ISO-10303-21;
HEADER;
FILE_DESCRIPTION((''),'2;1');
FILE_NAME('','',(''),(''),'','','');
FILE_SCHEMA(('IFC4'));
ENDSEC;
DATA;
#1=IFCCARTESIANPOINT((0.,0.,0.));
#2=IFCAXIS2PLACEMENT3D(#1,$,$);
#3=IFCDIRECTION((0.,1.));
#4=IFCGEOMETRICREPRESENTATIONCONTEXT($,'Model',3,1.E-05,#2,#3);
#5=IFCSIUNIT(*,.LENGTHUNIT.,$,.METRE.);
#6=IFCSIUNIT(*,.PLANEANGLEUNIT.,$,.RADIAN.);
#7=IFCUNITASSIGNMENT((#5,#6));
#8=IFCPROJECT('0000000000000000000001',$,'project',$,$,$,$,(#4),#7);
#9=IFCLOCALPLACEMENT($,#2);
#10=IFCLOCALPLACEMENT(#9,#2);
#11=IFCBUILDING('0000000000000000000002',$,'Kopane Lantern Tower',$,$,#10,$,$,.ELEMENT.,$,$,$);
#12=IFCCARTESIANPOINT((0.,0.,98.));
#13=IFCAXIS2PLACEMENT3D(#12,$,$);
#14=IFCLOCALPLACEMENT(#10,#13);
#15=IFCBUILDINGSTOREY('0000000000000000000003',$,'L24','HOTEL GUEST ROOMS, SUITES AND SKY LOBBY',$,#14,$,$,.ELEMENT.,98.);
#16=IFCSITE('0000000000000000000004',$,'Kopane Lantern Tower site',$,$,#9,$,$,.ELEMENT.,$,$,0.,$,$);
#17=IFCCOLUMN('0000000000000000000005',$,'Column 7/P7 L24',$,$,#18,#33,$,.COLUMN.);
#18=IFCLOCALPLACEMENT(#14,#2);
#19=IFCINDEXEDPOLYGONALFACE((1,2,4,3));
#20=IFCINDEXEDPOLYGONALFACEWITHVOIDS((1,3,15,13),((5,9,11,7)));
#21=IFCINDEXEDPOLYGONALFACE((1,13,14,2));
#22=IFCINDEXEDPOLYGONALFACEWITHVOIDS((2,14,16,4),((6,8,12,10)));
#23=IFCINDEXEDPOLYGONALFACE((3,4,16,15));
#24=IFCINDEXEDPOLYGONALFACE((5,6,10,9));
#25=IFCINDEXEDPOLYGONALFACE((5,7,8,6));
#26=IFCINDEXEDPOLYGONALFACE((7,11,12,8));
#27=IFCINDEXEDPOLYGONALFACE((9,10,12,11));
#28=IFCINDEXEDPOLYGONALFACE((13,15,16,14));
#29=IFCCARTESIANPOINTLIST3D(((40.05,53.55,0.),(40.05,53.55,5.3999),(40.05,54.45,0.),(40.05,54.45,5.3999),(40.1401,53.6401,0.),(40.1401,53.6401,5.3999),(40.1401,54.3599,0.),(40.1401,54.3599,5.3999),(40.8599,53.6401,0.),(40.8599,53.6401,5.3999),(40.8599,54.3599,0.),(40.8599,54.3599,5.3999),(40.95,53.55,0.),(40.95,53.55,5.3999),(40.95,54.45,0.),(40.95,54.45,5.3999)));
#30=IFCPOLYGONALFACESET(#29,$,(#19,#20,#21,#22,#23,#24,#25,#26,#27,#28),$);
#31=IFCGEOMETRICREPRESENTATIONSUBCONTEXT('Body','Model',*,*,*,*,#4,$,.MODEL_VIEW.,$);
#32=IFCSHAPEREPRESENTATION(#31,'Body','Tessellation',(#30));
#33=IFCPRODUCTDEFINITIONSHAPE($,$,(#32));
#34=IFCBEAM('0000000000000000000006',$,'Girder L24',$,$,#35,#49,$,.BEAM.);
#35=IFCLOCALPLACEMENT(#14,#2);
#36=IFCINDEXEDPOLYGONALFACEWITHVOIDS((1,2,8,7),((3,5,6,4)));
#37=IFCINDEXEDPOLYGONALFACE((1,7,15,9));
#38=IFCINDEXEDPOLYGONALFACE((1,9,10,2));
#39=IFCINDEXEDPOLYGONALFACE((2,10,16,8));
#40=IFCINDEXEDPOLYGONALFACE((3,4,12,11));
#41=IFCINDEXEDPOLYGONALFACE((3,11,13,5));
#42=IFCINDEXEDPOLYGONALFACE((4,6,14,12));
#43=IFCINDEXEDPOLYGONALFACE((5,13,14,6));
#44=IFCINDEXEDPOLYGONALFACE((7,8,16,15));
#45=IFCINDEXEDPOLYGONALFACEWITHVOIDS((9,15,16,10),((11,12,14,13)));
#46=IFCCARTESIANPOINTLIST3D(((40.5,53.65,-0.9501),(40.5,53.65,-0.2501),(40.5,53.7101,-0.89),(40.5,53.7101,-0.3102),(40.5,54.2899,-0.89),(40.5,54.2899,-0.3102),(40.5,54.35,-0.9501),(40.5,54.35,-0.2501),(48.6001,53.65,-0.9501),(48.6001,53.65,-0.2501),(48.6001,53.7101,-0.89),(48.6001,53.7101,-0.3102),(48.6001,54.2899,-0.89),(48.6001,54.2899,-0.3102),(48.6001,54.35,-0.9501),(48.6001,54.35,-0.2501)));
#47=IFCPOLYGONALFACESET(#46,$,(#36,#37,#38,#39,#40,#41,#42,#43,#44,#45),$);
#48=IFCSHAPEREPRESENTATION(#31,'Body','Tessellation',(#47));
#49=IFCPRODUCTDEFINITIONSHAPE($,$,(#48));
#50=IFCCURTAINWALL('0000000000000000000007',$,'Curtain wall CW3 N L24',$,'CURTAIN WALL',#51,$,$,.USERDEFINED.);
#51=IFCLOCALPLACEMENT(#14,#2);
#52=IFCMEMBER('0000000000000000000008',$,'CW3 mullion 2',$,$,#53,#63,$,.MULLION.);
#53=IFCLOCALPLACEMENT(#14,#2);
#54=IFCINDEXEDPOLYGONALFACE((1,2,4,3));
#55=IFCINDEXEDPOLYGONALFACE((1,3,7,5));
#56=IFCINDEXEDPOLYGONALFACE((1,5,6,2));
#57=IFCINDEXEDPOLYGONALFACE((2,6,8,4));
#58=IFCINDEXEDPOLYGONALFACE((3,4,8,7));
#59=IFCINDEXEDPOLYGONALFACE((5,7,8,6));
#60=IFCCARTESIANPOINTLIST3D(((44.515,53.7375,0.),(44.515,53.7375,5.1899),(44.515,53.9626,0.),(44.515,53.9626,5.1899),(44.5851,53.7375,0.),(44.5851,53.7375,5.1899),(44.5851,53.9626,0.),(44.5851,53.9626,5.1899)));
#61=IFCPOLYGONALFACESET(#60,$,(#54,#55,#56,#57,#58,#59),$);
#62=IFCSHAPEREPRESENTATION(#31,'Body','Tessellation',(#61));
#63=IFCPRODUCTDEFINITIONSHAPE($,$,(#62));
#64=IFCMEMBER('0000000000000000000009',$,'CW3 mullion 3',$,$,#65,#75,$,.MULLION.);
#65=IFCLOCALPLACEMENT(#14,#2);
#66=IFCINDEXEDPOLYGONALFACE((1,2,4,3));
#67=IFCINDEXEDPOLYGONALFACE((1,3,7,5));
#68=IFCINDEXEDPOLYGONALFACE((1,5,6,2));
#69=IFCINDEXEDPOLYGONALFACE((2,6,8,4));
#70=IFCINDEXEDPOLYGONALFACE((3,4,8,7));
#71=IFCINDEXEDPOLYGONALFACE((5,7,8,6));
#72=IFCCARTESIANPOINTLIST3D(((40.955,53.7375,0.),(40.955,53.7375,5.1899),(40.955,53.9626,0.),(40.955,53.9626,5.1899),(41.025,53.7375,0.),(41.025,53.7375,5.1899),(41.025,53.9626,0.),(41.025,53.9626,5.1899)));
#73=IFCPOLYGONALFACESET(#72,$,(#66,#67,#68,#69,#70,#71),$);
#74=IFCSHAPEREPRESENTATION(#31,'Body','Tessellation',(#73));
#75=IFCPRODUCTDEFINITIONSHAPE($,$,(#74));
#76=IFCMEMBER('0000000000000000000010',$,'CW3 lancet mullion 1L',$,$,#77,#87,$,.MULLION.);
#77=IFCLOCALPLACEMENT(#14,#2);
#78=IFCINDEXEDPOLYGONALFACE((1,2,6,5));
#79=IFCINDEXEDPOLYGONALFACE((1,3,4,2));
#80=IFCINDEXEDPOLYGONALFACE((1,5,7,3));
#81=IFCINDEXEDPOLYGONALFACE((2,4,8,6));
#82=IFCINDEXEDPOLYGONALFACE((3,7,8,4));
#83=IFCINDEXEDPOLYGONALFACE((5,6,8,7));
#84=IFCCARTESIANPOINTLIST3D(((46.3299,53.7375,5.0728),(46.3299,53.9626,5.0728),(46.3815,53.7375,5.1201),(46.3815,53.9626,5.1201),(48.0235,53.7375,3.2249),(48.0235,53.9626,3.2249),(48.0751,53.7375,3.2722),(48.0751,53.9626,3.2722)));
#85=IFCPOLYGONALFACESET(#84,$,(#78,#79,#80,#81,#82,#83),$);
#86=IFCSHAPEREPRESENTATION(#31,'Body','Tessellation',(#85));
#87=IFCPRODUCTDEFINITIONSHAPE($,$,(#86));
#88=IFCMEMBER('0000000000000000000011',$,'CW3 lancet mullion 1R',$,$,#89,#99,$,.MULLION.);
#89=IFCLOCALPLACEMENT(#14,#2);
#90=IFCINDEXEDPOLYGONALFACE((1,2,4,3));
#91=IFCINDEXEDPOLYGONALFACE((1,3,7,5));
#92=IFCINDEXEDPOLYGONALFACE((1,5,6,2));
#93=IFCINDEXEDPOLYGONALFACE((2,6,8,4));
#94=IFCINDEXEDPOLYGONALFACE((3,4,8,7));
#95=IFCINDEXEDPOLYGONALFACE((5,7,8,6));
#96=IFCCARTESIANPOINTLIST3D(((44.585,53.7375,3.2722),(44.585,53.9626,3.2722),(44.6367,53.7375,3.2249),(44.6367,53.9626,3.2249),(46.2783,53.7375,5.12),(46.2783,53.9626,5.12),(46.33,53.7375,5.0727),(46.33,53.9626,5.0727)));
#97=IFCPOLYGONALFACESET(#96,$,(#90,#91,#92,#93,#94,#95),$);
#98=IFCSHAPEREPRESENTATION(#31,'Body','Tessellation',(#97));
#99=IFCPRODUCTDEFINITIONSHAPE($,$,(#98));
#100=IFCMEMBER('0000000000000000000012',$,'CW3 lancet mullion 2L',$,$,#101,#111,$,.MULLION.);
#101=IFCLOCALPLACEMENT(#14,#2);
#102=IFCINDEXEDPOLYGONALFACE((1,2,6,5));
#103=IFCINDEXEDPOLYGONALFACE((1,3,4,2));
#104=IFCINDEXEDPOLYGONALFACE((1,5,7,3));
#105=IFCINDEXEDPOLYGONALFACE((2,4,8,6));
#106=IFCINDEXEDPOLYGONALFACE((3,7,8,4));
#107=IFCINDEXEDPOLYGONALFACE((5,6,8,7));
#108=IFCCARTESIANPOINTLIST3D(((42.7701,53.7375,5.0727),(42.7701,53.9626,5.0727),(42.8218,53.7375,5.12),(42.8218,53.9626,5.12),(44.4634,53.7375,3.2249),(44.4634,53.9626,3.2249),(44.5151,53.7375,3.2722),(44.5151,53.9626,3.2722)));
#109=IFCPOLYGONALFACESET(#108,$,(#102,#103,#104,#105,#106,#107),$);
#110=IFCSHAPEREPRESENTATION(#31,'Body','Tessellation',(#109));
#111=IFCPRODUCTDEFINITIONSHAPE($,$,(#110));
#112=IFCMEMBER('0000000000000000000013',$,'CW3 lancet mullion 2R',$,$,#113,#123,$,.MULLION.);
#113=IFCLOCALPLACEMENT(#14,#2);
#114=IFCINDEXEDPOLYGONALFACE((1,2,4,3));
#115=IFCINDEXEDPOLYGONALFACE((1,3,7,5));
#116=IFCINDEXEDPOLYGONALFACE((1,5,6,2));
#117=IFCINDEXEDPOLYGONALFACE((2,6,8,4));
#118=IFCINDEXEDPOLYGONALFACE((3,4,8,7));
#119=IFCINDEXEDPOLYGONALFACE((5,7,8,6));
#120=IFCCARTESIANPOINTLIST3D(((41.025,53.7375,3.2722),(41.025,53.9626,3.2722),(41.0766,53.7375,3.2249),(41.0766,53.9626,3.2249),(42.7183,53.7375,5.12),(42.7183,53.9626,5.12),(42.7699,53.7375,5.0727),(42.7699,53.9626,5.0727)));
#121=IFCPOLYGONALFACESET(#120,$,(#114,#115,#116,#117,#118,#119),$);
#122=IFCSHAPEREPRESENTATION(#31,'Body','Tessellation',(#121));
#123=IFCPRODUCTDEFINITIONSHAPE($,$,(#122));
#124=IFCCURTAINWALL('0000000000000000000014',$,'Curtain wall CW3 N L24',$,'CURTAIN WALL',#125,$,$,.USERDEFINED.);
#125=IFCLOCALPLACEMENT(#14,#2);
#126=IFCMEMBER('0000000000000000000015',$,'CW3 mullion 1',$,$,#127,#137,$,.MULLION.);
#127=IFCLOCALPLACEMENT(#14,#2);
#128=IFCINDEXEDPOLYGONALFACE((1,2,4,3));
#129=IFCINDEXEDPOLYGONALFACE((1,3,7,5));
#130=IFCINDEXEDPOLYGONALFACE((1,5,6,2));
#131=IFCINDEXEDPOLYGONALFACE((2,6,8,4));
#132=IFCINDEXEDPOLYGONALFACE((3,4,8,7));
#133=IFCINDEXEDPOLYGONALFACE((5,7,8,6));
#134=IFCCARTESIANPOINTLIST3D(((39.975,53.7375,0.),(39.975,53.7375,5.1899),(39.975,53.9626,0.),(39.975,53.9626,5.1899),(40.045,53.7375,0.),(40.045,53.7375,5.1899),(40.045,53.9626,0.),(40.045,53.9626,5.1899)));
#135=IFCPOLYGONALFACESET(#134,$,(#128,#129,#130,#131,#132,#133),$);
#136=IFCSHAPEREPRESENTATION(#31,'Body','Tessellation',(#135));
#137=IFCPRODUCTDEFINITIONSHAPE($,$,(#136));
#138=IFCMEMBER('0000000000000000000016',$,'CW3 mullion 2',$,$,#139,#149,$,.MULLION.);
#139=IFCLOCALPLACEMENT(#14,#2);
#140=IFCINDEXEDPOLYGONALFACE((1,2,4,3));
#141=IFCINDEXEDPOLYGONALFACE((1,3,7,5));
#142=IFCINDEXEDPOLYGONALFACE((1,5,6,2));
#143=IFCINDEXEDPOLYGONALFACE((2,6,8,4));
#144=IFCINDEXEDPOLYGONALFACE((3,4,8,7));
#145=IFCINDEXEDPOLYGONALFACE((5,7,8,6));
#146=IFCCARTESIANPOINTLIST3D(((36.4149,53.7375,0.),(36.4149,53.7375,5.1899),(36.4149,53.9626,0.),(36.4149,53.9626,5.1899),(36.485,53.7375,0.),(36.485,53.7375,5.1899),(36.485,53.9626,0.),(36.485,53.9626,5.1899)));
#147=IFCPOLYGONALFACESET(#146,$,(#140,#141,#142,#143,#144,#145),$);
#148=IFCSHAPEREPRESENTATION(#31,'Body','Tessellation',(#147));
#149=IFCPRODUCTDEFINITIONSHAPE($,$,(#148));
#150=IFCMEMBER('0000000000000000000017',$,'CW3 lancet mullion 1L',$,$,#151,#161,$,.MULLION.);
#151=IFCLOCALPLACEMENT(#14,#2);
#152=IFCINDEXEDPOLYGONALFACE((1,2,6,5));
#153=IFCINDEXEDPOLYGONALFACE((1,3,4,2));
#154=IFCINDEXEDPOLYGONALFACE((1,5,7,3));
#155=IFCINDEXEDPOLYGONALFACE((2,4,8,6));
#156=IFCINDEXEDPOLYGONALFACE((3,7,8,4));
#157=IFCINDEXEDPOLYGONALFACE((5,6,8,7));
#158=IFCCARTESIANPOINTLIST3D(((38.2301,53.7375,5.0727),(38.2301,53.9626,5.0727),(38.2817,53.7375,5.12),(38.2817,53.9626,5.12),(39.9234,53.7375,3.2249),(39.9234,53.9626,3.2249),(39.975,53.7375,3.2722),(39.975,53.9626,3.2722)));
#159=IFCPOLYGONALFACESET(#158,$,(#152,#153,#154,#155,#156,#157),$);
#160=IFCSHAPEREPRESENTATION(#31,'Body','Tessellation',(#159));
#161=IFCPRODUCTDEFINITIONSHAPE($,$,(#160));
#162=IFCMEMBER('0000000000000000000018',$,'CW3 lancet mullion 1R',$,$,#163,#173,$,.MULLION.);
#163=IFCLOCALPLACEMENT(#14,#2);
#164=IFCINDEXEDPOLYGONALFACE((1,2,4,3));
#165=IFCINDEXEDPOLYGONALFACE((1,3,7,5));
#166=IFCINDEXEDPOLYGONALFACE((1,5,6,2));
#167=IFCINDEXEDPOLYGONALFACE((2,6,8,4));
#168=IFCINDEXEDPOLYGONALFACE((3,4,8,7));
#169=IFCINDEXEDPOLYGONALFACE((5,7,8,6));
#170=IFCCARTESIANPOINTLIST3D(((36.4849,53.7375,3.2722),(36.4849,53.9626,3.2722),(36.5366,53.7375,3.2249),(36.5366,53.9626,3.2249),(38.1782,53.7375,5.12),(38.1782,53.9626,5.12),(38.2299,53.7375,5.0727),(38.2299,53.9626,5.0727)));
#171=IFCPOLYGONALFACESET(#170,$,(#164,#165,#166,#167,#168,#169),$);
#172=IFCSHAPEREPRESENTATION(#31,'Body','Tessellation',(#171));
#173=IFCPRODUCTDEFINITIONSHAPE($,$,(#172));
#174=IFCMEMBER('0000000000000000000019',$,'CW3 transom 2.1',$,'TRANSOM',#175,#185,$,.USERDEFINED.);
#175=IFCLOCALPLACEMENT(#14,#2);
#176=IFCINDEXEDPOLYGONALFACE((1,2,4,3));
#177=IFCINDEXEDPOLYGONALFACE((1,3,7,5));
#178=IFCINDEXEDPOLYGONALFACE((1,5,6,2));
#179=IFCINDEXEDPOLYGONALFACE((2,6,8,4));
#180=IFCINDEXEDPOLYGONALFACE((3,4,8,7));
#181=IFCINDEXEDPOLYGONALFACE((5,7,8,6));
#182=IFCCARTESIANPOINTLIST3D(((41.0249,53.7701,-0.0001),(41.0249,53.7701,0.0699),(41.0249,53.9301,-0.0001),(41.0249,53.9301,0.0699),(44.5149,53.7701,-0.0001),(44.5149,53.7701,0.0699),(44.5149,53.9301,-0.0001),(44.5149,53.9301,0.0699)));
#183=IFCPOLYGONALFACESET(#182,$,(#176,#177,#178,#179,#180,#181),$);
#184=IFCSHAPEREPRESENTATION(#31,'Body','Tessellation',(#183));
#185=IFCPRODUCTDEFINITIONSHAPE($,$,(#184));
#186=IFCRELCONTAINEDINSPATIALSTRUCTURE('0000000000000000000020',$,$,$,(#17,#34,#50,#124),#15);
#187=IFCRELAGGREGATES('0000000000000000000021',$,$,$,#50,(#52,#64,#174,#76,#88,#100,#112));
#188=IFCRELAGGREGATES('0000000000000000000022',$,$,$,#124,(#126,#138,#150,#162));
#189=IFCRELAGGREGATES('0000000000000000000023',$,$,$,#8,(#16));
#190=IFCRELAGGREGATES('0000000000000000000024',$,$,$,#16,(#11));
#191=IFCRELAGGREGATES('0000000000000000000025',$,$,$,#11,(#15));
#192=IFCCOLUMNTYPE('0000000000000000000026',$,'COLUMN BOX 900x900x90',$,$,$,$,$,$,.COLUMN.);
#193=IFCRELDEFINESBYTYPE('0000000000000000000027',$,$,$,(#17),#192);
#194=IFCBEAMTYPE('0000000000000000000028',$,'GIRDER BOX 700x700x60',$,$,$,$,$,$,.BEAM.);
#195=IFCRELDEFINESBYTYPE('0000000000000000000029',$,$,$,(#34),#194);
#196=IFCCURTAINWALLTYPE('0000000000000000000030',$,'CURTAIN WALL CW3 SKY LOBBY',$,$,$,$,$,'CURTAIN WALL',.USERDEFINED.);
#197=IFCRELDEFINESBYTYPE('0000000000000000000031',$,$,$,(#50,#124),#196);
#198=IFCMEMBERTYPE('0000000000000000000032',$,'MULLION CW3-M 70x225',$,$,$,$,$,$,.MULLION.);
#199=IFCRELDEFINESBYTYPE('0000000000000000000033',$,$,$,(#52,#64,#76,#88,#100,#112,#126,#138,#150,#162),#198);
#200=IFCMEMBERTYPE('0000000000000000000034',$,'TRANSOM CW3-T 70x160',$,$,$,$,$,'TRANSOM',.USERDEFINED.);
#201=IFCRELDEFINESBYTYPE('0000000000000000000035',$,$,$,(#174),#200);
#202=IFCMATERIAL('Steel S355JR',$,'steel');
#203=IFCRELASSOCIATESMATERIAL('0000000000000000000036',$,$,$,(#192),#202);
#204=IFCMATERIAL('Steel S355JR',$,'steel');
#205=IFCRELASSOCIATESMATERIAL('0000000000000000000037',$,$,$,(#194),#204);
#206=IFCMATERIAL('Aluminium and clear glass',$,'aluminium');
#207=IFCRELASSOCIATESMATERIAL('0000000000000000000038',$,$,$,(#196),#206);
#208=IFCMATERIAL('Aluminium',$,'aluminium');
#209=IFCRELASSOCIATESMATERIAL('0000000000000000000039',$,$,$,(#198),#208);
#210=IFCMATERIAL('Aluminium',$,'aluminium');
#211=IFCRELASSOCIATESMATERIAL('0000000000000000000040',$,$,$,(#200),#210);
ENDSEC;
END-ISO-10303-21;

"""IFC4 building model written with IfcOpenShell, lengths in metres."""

from ifc_helpers import new_model, si_unit, direction, frame, origin, origin_2d, place, context, subcontext, project, spatial, rectangle, hollow_rectangle, extrude, material, material_profile, profile_set, type_object, element, aggregate, save


model = new_model("IFC4")

# Units and contexts
model_context = context("Model", 3, precision=1e-05, world=origin(), true_north=direction((0.0, 1.0)))
body_context = subcontext(model_context, "Body", "Model", "MODEL_VIEW")
ifc_project = project(units=[si_unit("LENGTHUNIT", "METRE"), si_unit("PLANEANGLEUNIT", "RADIAN")], contexts=[model_context])

# Site, building, storey
site_placement = place(None, origin())
site = spatial("IfcSite", under=ifc_project, at=site_placement, Name="Kopane Lantern Tower site", CompositionType="ELEMENT", RefElevation=0.0)
building_placement = place(site_placement, origin())
building = spatial("IfcBuilding", under=site, at=building_placement, Name="Kopane Lantern Tower", CompositionType="ELEMENT")
storey_placement = place(building_placement, frame((0.0, 0.0, 98.0)))
storey = spatial("IfcBuildingStorey", under=building, at=storey_placement, Name="L24", Description="HOTEL GUEST ROOMS, SUITES AND SKY LOBBY", CompositionType="ELEMENT", Elevation=98.0)

# Column
ifc_material_1 = material(Name="Steel S355JR", Category="steel")
ifc_material_profile_1 = material_profile(ifc_material_1, hollow_rectangle(XDim=0.8999, YDim=0.8999, WallThickness=0.0901, at=origin_2d()), Name="BOX 900x900x90")
ifc_profile_set_1 = profile_set([ifc_material_profile_1], Name="Steel S355JR")
column_type = type_object("IfcColumnType", Name="COLUMN BOX 900x900x90", PredefinedType="COLUMN", material=ifc_profile_set_1)
column_placement = place(storey_placement, frame((40.5, 54.0, 0.0), z_axis=(0.0, 0.0, 1.0), x_axis=(1.0, 0.0, 0.0)))
element("IfcColumn", 1, at=column_placement, inside=storey, type_object=column_type, Name="Column 7/P7 L24", PredefinedType="COLUMN", context=body_context, shape_type="SweptSolid", body=[
    extrude(hollow_rectangle(XDim=0.8999, YDim=0.8999, WallThickness=0.0901, at=origin_2d()), origin(), (0.0, 0.0, 1.0), 5.3999),
])

# Beam
ifc_material_2 = material(Name="Steel S355JR", Category="steel")
ifc_material_profile_2 = material_profile(ifc_material_2, hollow_rectangle(XDim=0.7, YDim=0.7, WallThickness=0.0601, at=origin_2d()), Name="BOX 700x700x60")
ifc_profile_set_2 = profile_set([ifc_material_profile_2], Name="Steel S355JR")
beam_type = type_object("IfcBeamType", Name="GIRDER BOX 700x700x60", PredefinedType="BEAM", material=ifc_profile_set_2)
beam_placement = place(storey_placement, frame((40.5, 54.0, -0.6001), z_axis=(1.0, 0.0, 0.0), x_axis=(0.0, 1.0, 0.0)))
element("IfcBeam", 2, at=beam_placement, inside=storey, type_object=beam_type, Name="Girder L24", PredefinedType="BEAM", context=body_context, shape_type="SweptSolid", body=[
    extrude(hollow_rectangle(XDim=0.7, YDim=0.7, WallThickness=0.0601, at=origin_2d()), origin(), (0.0, 0.0, 1.0), 8.1001),
])

# Curtain walls, members
ifc_material_3 = material(Name="Aluminium and clear glass", Category="aluminium")
curtain_wall_type = type_object("IfcCurtainWallType", Name="CURTAIN WALL CW3 SKY LOBBY", ElementType="CURTAIN WALL", PredefinedType="USERDEFINED", material=ifc_material_3)
curtain_wall_1_placement = place(storey_placement, origin())
curtain_wall_1 = element("IfcCurtainWall", 3, at=curtain_wall_1_placement, inside=storey, type_object=curtain_wall_type, Name="Curtain wall CW3 N L24", ObjectType="CURTAIN WALL", PredefinedType="USERDEFINED")
ifc_material_4 = material(Name="Aluminium", Category="aluminium")
ifc_material_profile_3 = material_profile(ifc_material_4, rectangle(XDim=0.0701, YDim=0.2251, at=origin_2d()), Name="AL 70x225")
ifc_profile_set_3 = profile_set([ifc_material_profile_3], Name="Aluminium")
member_type_1 = type_object("IfcMemberType", Name="MULLION CW3-M 70x225", PredefinedType="MULLION", material=ifc_profile_set_3)
member_1_placement = place(storey_placement, frame((44.55, 53.8501, 0.0), z_axis=(0.0, 0.0, 1.0), x_axis=(-1.0, 0.0, 0.0)))
member_1 = element("IfcMember", 4, at=member_1_placement, type_object=member_type_1, Name="CW3 mullion 2", PredefinedType="MULLION", context=body_context, shape_type="SweptSolid", body=[
    extrude(rectangle(XDim=0.0701, YDim=0.2251, at=origin_2d()), origin(), (0.0, 0.0, 1.0), 5.1899),
])
member_2_placement = place(storey_placement, frame((40.99, 53.8501, 0.0), z_axis=(0.0, 0.0, 1.0), x_axis=(-1.0, 0.0, 0.0)))
member_2 = element("IfcMember", 5, at=member_2_placement, type_object=member_type_1, Name="CW3 mullion 3", PredefinedType="MULLION", context=body_context, shape_type="SweptSolid", body=[
    extrude(rectangle(XDim=0.0701, YDim=0.2251, at=origin_2d()), origin(), (0.0, 0.0, 1.0), 5.1899),
])
member_3_placement = place(storey_placement, frame((48.0493, 53.8501, 3.2485), z_axis=(-0.675658, 0.0, 0.737215), x_axis=(0.737215, 0.0, 0.675658)))
member_3 = element("IfcMember", 6, at=member_3_placement, type_object=member_type_1, Name="CW3 lancet mullion 1L", PredefinedType="MULLION", context=body_context, shape_type="SweptSolid", body=[
    extrude(rectangle(XDim=0.0701, YDim=0.2251, at=origin_2d()), origin(), (0.0, 0.0, 1.0), 2.5066),
])
member_4_placement = place(storey_placement, frame((44.6108, 53.8501, 3.2485), z_axis=(0.675606, 0.0, 0.737263), x_axis=(-0.737263, 0.0, 0.675606)))
member_4 = element("IfcMember", 7, at=member_4_placement, type_object=member_type_1, Name="CW3 lancet mullion 1R", PredefinedType="MULLION", context=body_context, shape_type="SweptSolid", body=[
    extrude(rectangle(XDim=0.0701, YDim=0.2251, at=origin_2d()), origin(), (0.0, 0.0, 1.0), 2.5063),
])
member_5_placement = place(storey_placement, frame((44.4893, 53.8501, 3.2485), z_axis=(-0.675606, 0.0, 0.737263), x_axis=(0.737263, 0.0, 0.675606)))
member_5 = element("IfcMember", 8, at=member_5_placement, type_object=member_type_1, Name="CW3 lancet mullion 2L", PredefinedType="MULLION", context=body_context, shape_type="SweptSolid", body=[
    extrude(rectangle(XDim=0.0701, YDim=0.2251, at=origin_2d()), origin(), (0.0, 0.0, 1.0), 2.5063),
])
member_6_placement = place(storey_placement, frame((41.0508, 53.8501, 3.2485), z_axis=(0.675606, 0.0, 0.737263), x_axis=(-0.737263, 0.0, 0.675606)))
member_6 = element("IfcMember", 9, at=member_6_placement, type_object=member_type_1, Name="CW3 lancet mullion 2R", PredefinedType="MULLION", context=body_context, shape_type="SweptSolid", body=[
    extrude(rectangle(XDim=0.0701, YDim=0.2251, at=origin_2d()), origin(), (0.0, 0.0, 1.0), 2.5063),
])
curtain_wall_2_placement = place(storey_placement, origin())
curtain_wall_2 = element("IfcCurtainWall", 10, at=curtain_wall_2_placement, inside=storey, type_object=curtain_wall_type, Name="Curtain wall CW3 N L24", ObjectType="CURTAIN WALL", PredefinedType="USERDEFINED")
member_7_placement = place(storey_placement, frame((40.01, 53.8501, 0.0), z_axis=(0.0, 0.0, 1.0), x_axis=(-1.0, 0.0, 0.0)))
member_7 = element("IfcMember", 11, at=member_7_placement, type_object=member_type_1, Name="CW3 mullion 1", PredefinedType="MULLION", context=body_context, shape_type="SweptSolid", body=[
    extrude(rectangle(XDim=0.0701, YDim=0.2251, at=origin_2d()), origin(), (0.0, 0.0, 1.0), 5.1899),
])
member_8_placement = place(storey_placement, frame((36.45, 53.8501, 0.0), z_axis=(0.0, 0.0, 1.0), x_axis=(-1.0, 0.0, 0.0)))
member_8 = element("IfcMember", 12, at=member_8_placement, type_object=member_type_1, Name="CW3 mullion 2", PredefinedType="MULLION", context=body_context, shape_type="SweptSolid", body=[
    extrude(rectangle(XDim=0.0701, YDim=0.2251, at=origin_2d()), origin(), (0.0, 0.0, 1.0), 5.1899),
])
member_9_placement = place(storey_placement, frame((39.9492, 53.8501, 3.2485), z_axis=(-0.675606, 0.0, 0.737263), x_axis=(0.737263, 0.0, 0.675606)))
member_9 = element("IfcMember", 13, at=member_9_placement, type_object=member_type_1, Name="CW3 lancet mullion 1L", PredefinedType="MULLION", context=body_context, shape_type="SweptSolid", body=[
    extrude(rectangle(XDim=0.0701, YDim=0.2251, at=origin_2d()), origin(), (0.0, 0.0, 1.0), 2.5063),
])
member_10_placement = place(storey_placement, frame((36.5107, 53.8501, 3.2485), z_axis=(0.675606, 0.0, 0.737263), x_axis=(-0.737263, 0.0, 0.675606)))
member_10 = element("IfcMember", 14, at=member_10_placement, type_object=member_type_1, Name="CW3 lancet mullion 1R", PredefinedType="MULLION", context=body_context, shape_type="SweptSolid", body=[
    extrude(rectangle(XDim=0.0701, YDim=0.2251, at=origin_2d()), origin(), (0.0, 0.0, 1.0), 2.5063),
])

# Member
ifc_material_5 = material(Name="Aluminium", Category="aluminium")
ifc_material_profile_4 = material_profile(ifc_material_5, rectangle(XDim=0.1599, YDim=0.0701, at=origin_2d()), Name="AL 160x70")
ifc_profile_set_4 = profile_set([ifc_material_profile_4], Name="Aluminium")
member_type_2 = type_object("IfcMemberType", Name="TRANSOM CW3-T 70x160", ElementType="TRANSOM", PredefinedType="USERDEFINED", material=ifc_profile_set_4)
member_11_placement = place(storey_placement, frame((44.5149, 53.8501, 0.0349), z_axis=(-1.0, 0.0, 0.0), x_axis=(0.0, -1.0, 0.0)))
member_11 = element("IfcMember", 15, at=member_11_placement, type_object=member_type_2, Name="CW3 transom 2.1", ObjectType="TRANSOM", PredefinedType="USERDEFINED", context=body_context, shape_type="SweptSolid", body=[
    extrude(rectangle(XDim=0.1599, YDim=0.0701, at=origin_2d()), origin(), (0.0, 0.0, 1.0), 3.49),
])

aggregate(curtain_wall_1, [member_1, member_2, member_11, member_3, member_4, member_5, member_6])
aggregate(curtain_wall_2, [member_7, member_8, member_9, member_10])

save(model, "model.ifc")
